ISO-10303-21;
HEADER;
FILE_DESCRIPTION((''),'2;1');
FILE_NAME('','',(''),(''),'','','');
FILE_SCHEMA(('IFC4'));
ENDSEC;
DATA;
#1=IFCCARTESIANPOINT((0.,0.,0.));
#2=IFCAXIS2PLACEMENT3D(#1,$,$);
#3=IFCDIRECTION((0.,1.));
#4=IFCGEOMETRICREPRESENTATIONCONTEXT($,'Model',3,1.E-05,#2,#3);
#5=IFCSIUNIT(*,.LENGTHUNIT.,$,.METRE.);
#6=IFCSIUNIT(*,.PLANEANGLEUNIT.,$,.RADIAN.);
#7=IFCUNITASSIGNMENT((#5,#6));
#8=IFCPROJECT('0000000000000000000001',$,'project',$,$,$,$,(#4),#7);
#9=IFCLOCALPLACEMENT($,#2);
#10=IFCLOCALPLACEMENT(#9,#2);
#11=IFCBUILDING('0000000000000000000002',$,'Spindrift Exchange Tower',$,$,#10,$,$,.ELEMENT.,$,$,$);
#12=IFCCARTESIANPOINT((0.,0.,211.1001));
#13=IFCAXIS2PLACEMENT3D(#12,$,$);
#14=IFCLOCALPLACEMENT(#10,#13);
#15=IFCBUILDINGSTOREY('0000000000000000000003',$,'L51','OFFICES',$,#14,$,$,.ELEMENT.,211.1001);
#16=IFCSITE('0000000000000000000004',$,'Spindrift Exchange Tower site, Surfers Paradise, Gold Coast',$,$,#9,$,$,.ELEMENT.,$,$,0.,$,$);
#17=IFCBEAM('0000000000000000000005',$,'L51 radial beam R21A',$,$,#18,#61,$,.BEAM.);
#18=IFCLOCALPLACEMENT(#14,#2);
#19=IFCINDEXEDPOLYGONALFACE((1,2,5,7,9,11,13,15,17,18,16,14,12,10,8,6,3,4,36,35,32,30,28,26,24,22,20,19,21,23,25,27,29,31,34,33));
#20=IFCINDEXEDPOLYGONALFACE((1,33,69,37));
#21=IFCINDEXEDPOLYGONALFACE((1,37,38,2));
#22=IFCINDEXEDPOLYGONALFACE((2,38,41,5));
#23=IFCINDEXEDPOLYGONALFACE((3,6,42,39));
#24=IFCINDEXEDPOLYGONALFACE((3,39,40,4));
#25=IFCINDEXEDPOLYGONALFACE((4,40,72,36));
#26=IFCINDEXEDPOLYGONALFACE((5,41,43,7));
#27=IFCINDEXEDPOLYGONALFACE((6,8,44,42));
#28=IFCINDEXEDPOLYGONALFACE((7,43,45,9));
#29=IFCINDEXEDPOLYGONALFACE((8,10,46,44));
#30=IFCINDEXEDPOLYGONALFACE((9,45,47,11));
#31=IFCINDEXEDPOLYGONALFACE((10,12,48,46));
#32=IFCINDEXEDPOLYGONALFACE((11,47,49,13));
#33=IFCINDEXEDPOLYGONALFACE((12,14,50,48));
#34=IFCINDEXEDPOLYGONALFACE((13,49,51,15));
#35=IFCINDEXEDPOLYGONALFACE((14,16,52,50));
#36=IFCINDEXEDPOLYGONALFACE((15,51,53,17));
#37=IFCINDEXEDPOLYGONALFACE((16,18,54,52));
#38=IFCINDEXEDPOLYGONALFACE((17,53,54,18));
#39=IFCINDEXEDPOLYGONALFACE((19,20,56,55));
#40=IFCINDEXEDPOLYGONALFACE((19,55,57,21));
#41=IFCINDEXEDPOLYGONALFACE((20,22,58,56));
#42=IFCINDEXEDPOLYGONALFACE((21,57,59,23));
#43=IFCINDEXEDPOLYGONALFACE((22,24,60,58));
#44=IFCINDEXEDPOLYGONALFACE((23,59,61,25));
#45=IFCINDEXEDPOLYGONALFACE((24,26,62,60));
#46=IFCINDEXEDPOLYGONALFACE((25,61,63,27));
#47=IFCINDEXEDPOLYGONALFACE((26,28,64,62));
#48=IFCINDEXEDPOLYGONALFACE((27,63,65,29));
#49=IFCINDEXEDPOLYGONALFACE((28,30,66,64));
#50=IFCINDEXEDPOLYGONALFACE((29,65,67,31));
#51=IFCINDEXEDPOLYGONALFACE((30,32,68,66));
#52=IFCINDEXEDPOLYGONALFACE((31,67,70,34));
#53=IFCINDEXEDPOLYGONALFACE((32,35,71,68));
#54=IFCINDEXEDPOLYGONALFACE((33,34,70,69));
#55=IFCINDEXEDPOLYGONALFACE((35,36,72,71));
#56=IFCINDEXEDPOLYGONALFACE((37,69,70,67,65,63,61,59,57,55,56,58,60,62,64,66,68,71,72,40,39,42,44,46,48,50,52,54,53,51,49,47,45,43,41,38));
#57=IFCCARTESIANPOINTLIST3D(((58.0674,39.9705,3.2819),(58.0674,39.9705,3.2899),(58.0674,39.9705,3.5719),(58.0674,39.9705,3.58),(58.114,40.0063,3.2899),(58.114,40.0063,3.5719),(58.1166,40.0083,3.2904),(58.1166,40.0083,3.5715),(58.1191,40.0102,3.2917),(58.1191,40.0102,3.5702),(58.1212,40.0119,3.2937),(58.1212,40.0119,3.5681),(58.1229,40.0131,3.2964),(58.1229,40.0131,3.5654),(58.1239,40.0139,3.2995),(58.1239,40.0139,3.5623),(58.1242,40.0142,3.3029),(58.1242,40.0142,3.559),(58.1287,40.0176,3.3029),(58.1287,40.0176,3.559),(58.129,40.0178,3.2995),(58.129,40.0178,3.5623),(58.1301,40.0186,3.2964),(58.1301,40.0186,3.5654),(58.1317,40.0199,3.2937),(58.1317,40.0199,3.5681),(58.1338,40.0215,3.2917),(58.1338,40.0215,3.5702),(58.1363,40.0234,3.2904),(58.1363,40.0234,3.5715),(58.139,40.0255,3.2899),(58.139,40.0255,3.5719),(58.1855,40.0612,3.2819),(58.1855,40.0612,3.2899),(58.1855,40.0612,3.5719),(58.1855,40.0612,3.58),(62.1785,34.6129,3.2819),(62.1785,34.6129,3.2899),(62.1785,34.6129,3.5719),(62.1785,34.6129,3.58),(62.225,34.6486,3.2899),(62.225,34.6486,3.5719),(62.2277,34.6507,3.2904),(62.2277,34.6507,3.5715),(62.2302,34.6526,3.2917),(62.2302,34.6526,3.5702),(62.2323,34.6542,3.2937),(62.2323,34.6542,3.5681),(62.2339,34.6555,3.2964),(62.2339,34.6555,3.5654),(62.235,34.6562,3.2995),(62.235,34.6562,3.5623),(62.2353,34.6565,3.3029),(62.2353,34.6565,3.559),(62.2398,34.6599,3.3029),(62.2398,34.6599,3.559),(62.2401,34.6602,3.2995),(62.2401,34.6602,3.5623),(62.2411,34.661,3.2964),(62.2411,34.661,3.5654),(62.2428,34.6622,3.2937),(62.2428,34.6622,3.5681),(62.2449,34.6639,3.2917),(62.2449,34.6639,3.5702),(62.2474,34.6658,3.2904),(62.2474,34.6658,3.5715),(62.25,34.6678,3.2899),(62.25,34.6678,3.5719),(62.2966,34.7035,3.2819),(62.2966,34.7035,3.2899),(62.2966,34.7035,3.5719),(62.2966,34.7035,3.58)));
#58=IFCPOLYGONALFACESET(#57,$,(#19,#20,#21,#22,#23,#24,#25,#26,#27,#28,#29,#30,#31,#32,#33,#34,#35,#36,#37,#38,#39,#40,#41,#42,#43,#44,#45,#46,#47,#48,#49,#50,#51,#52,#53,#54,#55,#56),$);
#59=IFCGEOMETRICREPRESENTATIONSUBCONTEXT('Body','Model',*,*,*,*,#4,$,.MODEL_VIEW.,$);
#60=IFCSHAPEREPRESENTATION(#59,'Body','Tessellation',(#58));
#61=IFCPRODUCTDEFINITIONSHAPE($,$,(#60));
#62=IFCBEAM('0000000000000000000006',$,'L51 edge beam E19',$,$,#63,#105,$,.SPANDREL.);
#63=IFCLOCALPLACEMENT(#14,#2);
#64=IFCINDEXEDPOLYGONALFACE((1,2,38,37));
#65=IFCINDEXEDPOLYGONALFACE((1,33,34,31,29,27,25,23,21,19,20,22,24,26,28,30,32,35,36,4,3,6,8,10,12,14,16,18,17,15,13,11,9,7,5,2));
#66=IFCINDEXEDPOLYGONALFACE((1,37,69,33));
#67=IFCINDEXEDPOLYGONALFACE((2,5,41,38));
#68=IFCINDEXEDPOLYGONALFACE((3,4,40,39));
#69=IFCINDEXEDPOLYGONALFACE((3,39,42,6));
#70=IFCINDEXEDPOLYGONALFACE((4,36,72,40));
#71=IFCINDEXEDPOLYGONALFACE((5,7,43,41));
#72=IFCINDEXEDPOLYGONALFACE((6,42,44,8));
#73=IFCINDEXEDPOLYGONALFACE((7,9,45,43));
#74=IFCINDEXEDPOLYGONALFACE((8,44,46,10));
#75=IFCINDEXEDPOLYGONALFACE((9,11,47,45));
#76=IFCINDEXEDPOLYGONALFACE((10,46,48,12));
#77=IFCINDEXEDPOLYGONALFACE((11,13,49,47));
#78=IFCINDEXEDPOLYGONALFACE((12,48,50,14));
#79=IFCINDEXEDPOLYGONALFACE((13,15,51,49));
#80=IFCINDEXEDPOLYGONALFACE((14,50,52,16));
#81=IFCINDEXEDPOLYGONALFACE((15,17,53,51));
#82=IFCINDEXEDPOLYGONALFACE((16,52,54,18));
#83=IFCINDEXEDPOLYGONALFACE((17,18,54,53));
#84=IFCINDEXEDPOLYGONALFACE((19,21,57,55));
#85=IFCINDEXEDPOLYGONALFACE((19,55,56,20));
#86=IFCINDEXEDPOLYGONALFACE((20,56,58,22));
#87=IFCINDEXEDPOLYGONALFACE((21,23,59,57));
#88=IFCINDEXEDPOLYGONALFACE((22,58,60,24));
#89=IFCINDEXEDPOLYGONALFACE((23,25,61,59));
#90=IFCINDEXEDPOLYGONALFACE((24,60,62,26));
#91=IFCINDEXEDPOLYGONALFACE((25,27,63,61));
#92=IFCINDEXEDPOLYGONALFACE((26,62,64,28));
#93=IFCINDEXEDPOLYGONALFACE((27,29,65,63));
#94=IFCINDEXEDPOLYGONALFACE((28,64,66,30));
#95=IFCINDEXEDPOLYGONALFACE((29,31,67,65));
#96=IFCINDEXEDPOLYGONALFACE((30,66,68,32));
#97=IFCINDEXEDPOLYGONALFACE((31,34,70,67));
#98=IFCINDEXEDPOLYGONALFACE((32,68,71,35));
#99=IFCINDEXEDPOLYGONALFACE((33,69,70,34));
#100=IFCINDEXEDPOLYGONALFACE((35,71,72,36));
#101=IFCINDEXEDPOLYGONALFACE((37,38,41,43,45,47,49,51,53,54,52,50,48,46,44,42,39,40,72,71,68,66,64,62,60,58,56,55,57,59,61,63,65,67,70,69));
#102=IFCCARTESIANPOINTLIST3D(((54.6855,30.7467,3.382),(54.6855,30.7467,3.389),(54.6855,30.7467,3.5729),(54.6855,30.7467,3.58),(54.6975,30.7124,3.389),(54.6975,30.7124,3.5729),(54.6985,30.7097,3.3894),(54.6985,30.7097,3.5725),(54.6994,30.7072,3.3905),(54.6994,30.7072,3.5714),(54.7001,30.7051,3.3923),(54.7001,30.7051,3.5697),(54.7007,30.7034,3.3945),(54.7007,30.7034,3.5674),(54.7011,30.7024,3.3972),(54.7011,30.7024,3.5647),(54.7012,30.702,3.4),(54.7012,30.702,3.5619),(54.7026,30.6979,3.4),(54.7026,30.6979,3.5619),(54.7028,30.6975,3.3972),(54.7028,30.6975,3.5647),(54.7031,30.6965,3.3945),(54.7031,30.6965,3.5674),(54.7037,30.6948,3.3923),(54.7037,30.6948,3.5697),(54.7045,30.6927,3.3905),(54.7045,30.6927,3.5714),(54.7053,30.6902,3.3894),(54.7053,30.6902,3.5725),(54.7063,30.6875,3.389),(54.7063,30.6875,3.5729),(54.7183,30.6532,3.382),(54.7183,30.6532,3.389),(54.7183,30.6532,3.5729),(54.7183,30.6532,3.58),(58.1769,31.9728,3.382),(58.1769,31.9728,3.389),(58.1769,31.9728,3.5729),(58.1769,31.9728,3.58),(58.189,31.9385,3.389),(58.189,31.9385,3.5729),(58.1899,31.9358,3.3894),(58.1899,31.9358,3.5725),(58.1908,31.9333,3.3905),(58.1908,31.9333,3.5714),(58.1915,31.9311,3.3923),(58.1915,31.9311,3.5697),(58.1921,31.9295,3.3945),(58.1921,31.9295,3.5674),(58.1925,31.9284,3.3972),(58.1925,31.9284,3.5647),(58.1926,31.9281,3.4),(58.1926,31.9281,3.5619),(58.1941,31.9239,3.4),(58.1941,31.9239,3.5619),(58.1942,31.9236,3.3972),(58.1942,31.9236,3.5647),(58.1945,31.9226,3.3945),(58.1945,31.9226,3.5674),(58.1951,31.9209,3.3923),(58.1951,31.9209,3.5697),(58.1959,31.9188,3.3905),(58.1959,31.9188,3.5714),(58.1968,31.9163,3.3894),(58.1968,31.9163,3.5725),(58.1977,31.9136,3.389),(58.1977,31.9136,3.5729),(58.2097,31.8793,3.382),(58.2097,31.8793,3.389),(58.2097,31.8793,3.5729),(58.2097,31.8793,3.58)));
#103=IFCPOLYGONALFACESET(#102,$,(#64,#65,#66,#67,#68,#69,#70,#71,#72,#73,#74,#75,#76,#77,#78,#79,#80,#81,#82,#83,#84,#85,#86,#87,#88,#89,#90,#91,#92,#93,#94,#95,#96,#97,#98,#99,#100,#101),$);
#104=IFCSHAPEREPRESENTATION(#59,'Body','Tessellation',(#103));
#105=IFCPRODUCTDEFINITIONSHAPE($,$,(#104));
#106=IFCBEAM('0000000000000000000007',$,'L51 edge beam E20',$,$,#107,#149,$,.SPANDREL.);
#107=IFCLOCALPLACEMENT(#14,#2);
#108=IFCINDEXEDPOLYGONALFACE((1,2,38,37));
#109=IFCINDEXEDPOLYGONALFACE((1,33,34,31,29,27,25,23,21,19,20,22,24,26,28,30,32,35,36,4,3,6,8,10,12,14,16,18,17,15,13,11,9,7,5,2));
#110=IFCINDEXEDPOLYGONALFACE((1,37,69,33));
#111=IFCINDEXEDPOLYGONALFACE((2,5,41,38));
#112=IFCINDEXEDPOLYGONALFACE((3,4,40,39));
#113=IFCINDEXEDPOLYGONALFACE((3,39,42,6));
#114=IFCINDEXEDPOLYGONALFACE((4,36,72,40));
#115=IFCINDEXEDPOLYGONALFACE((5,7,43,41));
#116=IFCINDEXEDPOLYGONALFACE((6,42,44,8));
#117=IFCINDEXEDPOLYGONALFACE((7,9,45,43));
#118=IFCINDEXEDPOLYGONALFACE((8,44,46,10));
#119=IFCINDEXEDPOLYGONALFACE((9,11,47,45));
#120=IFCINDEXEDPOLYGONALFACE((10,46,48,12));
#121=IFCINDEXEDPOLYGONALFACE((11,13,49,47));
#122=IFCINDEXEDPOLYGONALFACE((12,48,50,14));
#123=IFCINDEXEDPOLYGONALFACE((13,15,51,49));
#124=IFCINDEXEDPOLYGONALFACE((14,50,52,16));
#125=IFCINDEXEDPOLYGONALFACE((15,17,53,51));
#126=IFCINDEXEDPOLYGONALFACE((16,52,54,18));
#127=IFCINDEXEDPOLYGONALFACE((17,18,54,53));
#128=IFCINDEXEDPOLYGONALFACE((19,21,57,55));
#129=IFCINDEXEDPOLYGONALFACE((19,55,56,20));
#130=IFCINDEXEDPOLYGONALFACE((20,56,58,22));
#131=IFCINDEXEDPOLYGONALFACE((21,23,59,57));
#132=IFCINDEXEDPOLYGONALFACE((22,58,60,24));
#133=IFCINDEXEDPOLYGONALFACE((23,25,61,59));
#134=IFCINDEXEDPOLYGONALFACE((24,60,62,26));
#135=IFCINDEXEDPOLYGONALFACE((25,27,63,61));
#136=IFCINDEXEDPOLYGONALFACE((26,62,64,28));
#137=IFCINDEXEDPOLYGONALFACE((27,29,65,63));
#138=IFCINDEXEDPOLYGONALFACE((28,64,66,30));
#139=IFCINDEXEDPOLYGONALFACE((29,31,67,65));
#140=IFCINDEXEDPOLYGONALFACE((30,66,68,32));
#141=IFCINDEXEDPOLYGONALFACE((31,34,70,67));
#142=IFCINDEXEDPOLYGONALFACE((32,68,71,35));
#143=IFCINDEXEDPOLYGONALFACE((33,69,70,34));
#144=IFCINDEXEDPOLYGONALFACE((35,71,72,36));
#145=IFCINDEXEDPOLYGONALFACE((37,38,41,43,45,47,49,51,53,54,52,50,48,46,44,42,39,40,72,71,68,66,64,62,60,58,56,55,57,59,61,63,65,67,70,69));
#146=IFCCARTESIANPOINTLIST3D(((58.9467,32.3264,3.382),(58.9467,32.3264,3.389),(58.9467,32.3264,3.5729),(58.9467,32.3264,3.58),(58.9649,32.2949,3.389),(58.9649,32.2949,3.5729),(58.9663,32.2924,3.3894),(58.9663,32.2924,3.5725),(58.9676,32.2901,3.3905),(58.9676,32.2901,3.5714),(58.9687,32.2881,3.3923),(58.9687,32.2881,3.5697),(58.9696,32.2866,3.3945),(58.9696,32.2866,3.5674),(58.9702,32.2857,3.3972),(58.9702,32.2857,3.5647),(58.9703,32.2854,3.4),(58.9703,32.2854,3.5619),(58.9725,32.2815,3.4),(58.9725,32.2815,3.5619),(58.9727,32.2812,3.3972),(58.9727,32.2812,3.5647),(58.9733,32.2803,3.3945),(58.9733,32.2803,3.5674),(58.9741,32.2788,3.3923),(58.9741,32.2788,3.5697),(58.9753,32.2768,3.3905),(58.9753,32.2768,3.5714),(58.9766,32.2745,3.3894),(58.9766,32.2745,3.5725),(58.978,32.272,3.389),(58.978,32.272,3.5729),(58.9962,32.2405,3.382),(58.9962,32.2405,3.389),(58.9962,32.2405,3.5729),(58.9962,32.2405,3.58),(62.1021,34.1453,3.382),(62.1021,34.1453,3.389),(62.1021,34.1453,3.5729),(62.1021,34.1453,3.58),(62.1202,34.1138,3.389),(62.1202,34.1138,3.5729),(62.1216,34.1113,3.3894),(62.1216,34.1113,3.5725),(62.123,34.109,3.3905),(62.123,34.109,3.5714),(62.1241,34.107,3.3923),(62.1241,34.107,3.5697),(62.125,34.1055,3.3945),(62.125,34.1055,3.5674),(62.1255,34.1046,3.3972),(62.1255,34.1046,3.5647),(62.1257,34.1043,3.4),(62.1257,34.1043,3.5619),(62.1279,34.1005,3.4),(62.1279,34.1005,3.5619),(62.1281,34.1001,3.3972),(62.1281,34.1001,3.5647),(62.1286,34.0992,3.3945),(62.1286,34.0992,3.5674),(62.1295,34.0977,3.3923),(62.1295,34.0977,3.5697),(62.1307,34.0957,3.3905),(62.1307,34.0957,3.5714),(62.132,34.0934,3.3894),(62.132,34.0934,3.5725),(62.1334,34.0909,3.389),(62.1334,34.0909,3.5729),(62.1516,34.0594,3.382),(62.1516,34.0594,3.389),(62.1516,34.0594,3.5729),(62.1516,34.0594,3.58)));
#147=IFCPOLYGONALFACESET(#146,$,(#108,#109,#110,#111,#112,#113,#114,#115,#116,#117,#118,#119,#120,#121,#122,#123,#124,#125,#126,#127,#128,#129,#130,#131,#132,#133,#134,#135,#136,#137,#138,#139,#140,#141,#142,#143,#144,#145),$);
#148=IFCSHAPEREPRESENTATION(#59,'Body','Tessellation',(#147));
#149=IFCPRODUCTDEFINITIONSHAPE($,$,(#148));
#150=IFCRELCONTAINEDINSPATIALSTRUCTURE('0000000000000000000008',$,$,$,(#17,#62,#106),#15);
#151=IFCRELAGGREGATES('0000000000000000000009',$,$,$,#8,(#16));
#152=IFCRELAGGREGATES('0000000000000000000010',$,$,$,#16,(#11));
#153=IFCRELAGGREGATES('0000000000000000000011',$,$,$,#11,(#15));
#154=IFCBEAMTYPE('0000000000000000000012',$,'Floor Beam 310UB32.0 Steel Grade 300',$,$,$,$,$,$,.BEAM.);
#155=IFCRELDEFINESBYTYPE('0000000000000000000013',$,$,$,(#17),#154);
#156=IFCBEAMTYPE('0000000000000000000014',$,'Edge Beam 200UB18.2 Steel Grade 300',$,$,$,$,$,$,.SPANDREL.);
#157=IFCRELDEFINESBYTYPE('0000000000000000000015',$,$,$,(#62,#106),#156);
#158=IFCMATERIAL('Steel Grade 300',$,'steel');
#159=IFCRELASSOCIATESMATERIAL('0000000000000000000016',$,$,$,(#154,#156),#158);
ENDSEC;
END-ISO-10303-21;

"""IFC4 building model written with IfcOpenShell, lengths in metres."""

from ifc_helpers import new_model, si_unit, direction, frame, origin, origin_2d, place, context, subcontext, project, spatial, i_section, extrude, source, transform, mapped, material, material_profile, profile_set, type_object, element, save


model = new_model("IFC4")

# Units and contexts
model_context = context("Model", 3, precision=1e-05, world=origin(), true_north=direction((0.0, 1.0)))
body_context = subcontext(model_context, "Body", "Model", "MODEL_VIEW")
ifc_project = project(units=[si_unit("LENGTHUNIT", "METRE"), si_unit("PLANEANGLEUNIT", "RADIAN")], contexts=[model_context])

# Site, building, storey
site_placement = place(None, origin())
site = spatial("IfcSite", under=ifc_project, at=site_placement, Name="Spindrift Exchange Tower site, Surfers Paradise, Gold Coast", CompositionType="ELEMENT", RefElevation=0.0)
building_placement = place(site_placement, origin())
building = spatial("IfcBuilding", under=site, at=building_placement, Name="Spindrift Exchange Tower", CompositionType="ELEMENT")
storey_placement = place(building_placement, frame((0.0, 0.0, 211.1001)))
storey = spatial("IfcBuildingStorey", under=building, at=storey_placement, Name="L51", Description="OFFICES", CompositionType="ELEMENT", Elevation=211.1001)

# Beams
ifc_material_1 = material(Name="Steel Grade 300", Category="steel")
ifc_material_profile_1 = material_profile(ifc_material_1, i_section(OverallWidth=0.1489, OverallDepth=0.2981, WebThickness=0.0056, FlangeThickness=0.0081, FilletRadius=0.0129, at=origin_2d()), Name="310UB32.0")
ifc_profile_set_1 = profile_set([ifc_material_profile_1], Name="Steel Grade 300")
beam_type_1 = type_object("IfcBeamType", Name="Floor Beam 310UB32.0 Steel Grade 300", PredefinedType="BEAM", material=ifc_profile_set_1)
shared_shape_1 = source(origin(), body_context, "Body", "SweptSolid", [
    extrude(i_section(OverallWidth=0.1489, OverallDepth=0.2981, WebThickness=0.0056, FlangeThickness=0.0081, FilletRadius=0.0129, at=origin_2d()), origin(), (0.0, 0.0, 1.0), 6.7532),
])
beam_1_placement = place(storey_placement, frame((58.1265, 40.0159, 3.4309), z_axis=(0.608762, -0.793353, 0.0), x_axis=(0.793353, 0.608762, 0.0)))
element("IfcBeam", 1, at=beam_1_placement, inside=storey, type_object=beam_type_1, Name="L51 radial beam R21A", PredefinedType="BEAM", context=body_context, shape_type="MappedRepresentation", body=[
    mapped(shared_shape_1, transform((0.0, 0.0, 0.0), scale=1.0)),
])
ifc_material_profile_2 = material_profile(ifc_material_1, i_section(OverallWidth=0.0991, OverallDepth=0.198, WebThickness=0.0044, FlangeThickness=0.0071, FilletRadius=0.011, at=origin_2d()), Name="200UB18.2")
ifc_profile_set_2 = profile_set([ifc_material_profile_2], Name="Steel Grade 300")
beam_type_2 = type_object("IfcBeamType", Name="Edge Beam 200UB18.2 Steel Grade 300", PredefinedType="SPANDREL", material=ifc_profile_set_2)
shared_shape_2 = source(origin(), body_context, "Body", "SweptSolid", [
    extrude(i_section(OverallWidth=0.0991, OverallDepth=0.198, WebThickness=0.0044, FlangeThickness=0.0071, FilletRadius=0.011, at=origin_2d()), origin(), (0.0, 0.0, 1.0), 3.7004),
])
beam_2_placement = place(storey_placement, frame((54.7019, 30.7, 3.481), z_axis=(0.943515, 0.331329, 0.0), x_axis=(-0.331329, 0.943515, 0.0)))
element("IfcBeam", 2, at=beam_2_placement, inside=storey, type_object=beam_type_2, Name="L51 edge beam E19", PredefinedType="SPANDREL", context=body_context, shape_type="MappedRepresentation", body=[
    mapped(shared_shape_2, transform((0.0, 0.0, 0.0), scale=1.0)),
])
shared_shape_3 = source(origin(), body_context, "Body", "SweptSolid", [
    extrude(i_section(OverallWidth=0.0991, OverallDepth=0.198, WebThickness=0.0044, FlangeThickness=0.0071, FilletRadius=0.011, at=origin_2d()), origin(), (0.0, 0.0, 1.0), 3.6421),
])
beam_3_placement = place(storey_placement, frame((58.9714, 32.2834, 3.481), z_axis=(0.866364, 0.499413, 0.0), x_axis=(-0.499413, 0.866364, 0.0)))
element("IfcBeam", 3, at=beam_3_placement, inside=storey, type_object=beam_type_2, Name="L51 edge beam E20", PredefinedType="SPANDREL", context=body_context, shape_type="MappedRepresentation", body=[
    mapped(shared_shape_3, transform((0.0, 0.0, 0.0), scale=1.0)),
])

save(model, "model.ifc")
